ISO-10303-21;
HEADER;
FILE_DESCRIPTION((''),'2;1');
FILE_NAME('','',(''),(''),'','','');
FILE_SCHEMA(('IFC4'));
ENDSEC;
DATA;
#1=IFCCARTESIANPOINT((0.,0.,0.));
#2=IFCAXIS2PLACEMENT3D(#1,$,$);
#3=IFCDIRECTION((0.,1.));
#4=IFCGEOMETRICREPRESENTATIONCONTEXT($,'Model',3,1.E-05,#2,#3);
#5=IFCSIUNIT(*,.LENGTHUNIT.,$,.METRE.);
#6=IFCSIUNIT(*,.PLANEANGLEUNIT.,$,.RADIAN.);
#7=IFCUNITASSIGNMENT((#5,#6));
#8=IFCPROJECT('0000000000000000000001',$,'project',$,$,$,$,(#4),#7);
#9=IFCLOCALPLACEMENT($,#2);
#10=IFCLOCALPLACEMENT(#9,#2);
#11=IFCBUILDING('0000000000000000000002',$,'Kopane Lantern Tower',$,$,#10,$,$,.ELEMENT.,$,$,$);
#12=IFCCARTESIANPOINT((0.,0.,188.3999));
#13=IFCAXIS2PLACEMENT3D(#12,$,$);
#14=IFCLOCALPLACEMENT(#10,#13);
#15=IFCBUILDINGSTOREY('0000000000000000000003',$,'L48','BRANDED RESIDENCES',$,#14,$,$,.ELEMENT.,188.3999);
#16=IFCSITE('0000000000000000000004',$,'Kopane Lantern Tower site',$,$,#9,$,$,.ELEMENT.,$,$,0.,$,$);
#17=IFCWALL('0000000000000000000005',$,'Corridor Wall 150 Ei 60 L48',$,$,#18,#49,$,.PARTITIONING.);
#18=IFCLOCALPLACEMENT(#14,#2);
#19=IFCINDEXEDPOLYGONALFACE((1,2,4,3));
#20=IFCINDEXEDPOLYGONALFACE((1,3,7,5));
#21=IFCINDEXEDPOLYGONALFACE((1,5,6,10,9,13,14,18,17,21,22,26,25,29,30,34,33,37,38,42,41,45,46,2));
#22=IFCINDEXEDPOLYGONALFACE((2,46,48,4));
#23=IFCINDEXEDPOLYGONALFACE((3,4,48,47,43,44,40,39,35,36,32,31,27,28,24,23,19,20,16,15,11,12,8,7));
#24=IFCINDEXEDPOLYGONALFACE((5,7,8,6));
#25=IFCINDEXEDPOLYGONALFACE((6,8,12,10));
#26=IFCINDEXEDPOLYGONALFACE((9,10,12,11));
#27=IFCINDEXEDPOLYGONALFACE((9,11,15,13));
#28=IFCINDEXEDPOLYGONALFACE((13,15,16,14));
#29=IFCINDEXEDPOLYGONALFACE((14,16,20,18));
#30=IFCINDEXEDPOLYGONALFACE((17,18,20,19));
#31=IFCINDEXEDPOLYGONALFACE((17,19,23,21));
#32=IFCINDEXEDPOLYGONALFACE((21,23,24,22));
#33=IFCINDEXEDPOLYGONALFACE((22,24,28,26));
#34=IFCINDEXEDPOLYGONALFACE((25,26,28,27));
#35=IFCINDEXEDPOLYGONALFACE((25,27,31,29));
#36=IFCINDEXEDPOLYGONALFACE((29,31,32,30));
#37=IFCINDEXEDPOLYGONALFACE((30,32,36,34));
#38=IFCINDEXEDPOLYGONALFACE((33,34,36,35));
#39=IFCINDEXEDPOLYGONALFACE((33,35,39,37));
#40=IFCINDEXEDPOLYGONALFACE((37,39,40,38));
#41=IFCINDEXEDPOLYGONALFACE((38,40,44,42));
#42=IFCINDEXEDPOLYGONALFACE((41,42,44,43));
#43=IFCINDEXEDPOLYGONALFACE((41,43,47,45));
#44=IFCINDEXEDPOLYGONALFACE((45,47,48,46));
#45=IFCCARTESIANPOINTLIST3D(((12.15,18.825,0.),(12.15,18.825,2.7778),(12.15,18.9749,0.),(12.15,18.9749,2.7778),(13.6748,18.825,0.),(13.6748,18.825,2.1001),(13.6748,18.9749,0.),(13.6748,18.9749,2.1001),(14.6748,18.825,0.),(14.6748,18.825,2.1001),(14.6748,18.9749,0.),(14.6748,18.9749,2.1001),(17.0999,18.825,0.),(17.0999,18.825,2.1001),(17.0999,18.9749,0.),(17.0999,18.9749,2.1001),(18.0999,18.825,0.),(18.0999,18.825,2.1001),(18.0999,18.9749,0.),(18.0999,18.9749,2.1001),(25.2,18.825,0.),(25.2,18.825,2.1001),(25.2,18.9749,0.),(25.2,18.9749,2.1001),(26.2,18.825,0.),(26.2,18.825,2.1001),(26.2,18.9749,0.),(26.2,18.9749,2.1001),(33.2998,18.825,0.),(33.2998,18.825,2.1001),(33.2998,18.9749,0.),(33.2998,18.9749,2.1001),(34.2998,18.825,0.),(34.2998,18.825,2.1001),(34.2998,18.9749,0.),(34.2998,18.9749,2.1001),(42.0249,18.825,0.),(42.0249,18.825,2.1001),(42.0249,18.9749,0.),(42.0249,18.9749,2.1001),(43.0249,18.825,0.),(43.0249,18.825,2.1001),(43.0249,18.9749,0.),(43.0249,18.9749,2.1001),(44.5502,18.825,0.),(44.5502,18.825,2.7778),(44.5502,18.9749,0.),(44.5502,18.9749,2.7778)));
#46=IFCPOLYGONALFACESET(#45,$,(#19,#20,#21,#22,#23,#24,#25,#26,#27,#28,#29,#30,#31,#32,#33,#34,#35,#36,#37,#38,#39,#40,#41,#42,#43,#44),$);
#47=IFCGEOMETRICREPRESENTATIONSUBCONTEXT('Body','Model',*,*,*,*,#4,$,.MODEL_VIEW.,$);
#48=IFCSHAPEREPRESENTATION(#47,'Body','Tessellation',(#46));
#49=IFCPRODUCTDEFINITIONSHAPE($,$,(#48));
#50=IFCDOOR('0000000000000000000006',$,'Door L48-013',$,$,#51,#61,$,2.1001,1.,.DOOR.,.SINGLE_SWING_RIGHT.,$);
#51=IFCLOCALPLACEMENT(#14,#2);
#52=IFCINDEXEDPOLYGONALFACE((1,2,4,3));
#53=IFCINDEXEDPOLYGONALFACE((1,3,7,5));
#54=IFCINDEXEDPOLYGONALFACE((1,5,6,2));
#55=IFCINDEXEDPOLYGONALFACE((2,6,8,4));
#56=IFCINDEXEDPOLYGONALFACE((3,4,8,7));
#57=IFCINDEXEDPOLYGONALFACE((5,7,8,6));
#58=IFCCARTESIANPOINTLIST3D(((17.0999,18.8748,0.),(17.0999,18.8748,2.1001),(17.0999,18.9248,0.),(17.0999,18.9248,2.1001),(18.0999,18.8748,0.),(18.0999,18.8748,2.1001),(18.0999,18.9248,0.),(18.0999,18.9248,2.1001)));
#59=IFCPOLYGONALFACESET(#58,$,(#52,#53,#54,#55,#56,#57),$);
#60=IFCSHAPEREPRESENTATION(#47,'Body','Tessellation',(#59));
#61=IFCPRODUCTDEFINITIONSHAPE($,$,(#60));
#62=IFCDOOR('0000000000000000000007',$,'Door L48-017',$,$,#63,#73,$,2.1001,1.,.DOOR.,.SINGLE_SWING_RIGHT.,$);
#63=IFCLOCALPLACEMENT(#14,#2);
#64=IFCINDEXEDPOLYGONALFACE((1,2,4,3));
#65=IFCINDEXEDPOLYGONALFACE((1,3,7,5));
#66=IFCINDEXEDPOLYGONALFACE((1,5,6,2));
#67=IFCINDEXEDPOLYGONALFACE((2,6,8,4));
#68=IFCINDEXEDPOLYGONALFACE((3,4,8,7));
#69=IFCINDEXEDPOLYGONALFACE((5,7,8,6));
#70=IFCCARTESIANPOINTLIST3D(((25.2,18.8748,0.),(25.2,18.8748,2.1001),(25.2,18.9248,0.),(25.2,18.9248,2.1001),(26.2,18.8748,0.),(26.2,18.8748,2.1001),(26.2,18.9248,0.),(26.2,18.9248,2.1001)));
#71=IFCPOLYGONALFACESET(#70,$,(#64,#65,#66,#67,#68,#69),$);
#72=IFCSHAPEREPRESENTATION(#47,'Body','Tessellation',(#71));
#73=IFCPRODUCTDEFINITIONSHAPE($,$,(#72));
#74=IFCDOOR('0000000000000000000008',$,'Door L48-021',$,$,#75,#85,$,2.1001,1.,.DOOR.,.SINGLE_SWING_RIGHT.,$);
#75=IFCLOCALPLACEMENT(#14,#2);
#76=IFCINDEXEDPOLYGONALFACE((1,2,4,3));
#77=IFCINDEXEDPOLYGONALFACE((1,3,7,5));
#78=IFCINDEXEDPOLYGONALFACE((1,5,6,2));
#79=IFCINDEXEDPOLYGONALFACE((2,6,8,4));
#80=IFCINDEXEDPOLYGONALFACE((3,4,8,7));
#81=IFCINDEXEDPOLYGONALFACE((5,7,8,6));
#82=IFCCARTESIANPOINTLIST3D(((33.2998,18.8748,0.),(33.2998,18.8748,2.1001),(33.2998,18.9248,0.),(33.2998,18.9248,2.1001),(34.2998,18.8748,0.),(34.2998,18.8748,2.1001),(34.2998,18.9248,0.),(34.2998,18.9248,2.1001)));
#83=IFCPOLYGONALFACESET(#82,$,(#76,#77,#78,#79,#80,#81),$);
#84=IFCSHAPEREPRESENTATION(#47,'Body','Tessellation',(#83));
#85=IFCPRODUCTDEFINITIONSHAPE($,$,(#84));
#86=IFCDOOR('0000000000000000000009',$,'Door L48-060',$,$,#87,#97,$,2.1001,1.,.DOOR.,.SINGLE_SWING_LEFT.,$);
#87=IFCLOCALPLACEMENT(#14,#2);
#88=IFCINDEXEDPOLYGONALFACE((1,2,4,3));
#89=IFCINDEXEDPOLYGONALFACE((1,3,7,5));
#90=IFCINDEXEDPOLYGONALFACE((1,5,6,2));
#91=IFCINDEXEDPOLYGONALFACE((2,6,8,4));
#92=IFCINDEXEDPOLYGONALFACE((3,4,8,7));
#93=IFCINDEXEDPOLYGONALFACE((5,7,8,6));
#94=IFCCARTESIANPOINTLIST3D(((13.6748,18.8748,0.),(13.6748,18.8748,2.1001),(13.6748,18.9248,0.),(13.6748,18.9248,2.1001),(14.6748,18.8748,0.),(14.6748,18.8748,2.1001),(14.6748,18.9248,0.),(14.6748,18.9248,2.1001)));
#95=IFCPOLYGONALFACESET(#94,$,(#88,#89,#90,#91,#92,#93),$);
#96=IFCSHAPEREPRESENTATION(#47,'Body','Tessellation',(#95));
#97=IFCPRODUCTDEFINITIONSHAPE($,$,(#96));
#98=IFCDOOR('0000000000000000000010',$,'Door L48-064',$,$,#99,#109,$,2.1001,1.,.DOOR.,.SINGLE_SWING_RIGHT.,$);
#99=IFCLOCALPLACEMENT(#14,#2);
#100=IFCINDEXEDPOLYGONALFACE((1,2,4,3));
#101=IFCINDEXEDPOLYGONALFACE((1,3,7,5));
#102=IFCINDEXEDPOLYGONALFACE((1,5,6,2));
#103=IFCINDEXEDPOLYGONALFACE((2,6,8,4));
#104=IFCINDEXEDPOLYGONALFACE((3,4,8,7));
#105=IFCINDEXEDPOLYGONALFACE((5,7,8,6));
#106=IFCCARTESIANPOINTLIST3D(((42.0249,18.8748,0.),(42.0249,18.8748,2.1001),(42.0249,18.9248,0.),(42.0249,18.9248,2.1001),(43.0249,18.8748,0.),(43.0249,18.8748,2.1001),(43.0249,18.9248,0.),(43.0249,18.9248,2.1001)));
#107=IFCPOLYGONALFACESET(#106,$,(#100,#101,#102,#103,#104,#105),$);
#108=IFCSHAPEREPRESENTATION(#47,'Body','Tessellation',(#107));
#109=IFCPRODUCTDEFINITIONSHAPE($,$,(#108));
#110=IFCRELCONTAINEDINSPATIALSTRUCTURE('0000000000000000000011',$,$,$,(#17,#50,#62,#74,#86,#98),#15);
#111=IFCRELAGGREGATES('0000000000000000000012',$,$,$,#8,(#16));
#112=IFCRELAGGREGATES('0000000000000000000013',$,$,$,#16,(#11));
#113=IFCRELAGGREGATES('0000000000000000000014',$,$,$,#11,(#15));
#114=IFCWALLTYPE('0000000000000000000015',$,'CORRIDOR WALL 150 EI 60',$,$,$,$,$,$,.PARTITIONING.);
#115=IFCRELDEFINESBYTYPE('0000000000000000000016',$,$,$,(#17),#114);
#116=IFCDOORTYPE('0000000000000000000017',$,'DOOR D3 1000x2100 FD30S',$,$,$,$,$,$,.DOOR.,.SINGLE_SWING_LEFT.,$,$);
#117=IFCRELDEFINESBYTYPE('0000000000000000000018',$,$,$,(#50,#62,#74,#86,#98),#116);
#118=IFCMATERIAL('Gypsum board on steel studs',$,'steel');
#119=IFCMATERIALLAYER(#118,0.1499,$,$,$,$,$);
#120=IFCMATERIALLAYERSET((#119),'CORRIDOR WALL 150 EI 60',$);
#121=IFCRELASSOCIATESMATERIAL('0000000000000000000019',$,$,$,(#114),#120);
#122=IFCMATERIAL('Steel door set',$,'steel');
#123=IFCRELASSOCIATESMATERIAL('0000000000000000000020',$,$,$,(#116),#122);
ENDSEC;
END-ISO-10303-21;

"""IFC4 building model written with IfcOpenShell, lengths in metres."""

from ifc_helpers import new_model, si_unit, direction, frame, frame_2d, origin, place, context, subcontext, project, spatial, rectangle, extrude, material, layer, layer_set, type_object, element, fill, save


model = new_model("IFC4")

# Units and contexts
model_context = context("Model", 3, precision=1e-05, world=origin(), true_north=direction((0.0, 1.0)))
body_context = subcontext(model_context, "Body", "Model", "MODEL_VIEW")
ifc_project = project(units=[si_unit("LENGTHUNIT", "METRE"), si_unit("PLANEANGLEUNIT", "RADIAN")], contexts=[model_context])

# Site, building, storey
site_placement = place(None, origin())
site = spatial("IfcSite", under=ifc_project, at=site_placement, Name="Kopane Lantern Tower site", CompositionType="ELEMENT", RefElevation=0.0)
building_placement = place(site_placement, origin())
building = spatial("IfcBuilding", under=site, at=building_placement, Name="Kopane Lantern Tower", CompositionType="ELEMENT")
storey_placement = place(building_placement, frame((0.0, 0.0, 188.3999)))
storey = spatial("IfcBuildingStorey", under=building, at=storey_placement, Name="L48", Description="BRANDED RESIDENCES", CompositionType="ELEMENT", Elevation=188.3999)

# Wall, openings, doors
ifc_material_1 = material(Name="Gypsum board on steel studs", Category="steel")
ifc_layer_1 = layer(ifc_material_1, 0.1499)
ifc_layer_set_1 = layer_set([ifc_layer_1], Name="CORRIDOR WALL 150 EI 60")
wall_type_1 = type_object("IfcWallType", Name="CORRIDOR WALL 150 EI 60", PredefinedType="PARTITIONING", material=ifc_layer_set_1)
wall_1_placement = place(storey_placement, frame((12.1499, 18.8999, 0.0), z_axis=(0.0, 0.0, 1.0), x_axis=(1.0, 0.0, 0.0)))
wall_1 = element("IfcWall", 1, at=wall_1_placement, inside=storey, type_object=wall_type_1, Name="Corridor Wall 150 Ei 60 L48", PredefinedType="PARTITIONING", context=body_context, shape_type="SweptSolid", body=[
    extrude(rectangle(XDim=32.4001, YDim=0.1499, at=frame_2d((16.2002, 0.0))), origin(), (0.0, 0.0, 1.0), 2.7778),
])
opening_1_placement = place(wall_1_placement, frame((4.95, 0.0, 0.0)))
opening_1 = element("IfcOpeningElement", 2, at=opening_1_placement, cuts=wall_1, PredefinedType="OPENING", context=body_context, shape_type="SweptSolid", body=[
    extrude(rectangle(XDim=1.0, YDim=2.1001, at=frame_2d((0.5, 1.05))), frame((0.0, 0.085, 0.0), z_axis=(0.0, -1.0, 0.0), x_axis=(1.0, 0.0, 0.0)), (0.0, 0.0, 1.0), 0.1699),
])
opening_2_placement = place(wall_1_placement, frame((13.05, 0.0, 0.0)))
opening_2 = element("IfcOpeningElement", 3, at=opening_2_placement, cuts=wall_1, PredefinedType="OPENING", context=body_context, shape_type="SweptSolid", body=[
    extrude(rectangle(XDim=1.0, YDim=2.1001, at=frame_2d((0.5, 1.05))), frame((0.0, 0.085, 0.0), z_axis=(0.0, -1.0, 0.0), x_axis=(1.0, 0.0, 0.0)), (0.0, 0.0, 1.0), 0.1699),
])
opening_3_placement = place(wall_1_placement, frame((21.1499, 0.0, 0.0)))
opening_3 = element("IfcOpeningElement", 4, at=opening_3_placement, cuts=wall_1, PredefinedType="OPENING", context=body_context, shape_type="SweptSolid", body=[
    extrude(rectangle(XDim=1.0, YDim=2.1001, at=frame_2d((0.5, 1.05))), frame((0.0, 0.085, 0.0), z_axis=(0.0, -1.0, 0.0), x_axis=(1.0, 0.0, 0.0)), (0.0, 0.0, 1.0), 0.1699),
])
opening_4_placement = place(wall_1_placement, frame((1.5249, 0.0, 0.0)))
opening_4 = element("IfcOpeningElement", 5, at=opening_4_placement, cuts=wall_1, PredefinedType="OPENING", context=body_context, shape_type="SweptSolid", body=[
    extrude(rectangle(XDim=1.0, YDim=2.1001, at=frame_2d((0.5, 1.05))), frame((0.0, 0.085, 0.0), z_axis=(0.0, -1.0, 0.0), x_axis=(1.0, 0.0, 0.0)), (0.0, 0.0, 1.0), 0.1699),
])
opening_5_placement = place(wall_1_placement, frame((29.875, 0.0, 0.0)))
opening_5 = element("IfcOpeningElement", 6, at=opening_5_placement, cuts=wall_1, PredefinedType="OPENING", context=body_context, shape_type="SweptSolid", body=[
    extrude(rectangle(XDim=1.0, YDim=2.1001, at=frame_2d((0.5, 1.05))), frame((0.0, 0.085, 0.0), z_axis=(0.0, -1.0, 0.0), x_axis=(1.0, 0.0, 0.0)), (0.0, 0.0, 1.0), 0.1699),
])
ifc_material_2 = material(Name="Steel door set", Category="steel")
door_type_1 = type_object("IfcDoorType", Name="DOOR D3 1000x2100 FD30S", OperationType="SINGLE_SWING_LEFT", PredefinedType="DOOR", material=ifc_material_2)
door_1_placement = place(opening_1_placement, origin())
door_1 = element("IfcDoor", 7, at=door_1_placement, inside=storey, type_object=door_type_1, Name="Door L48-013", OperationType="SINGLE_SWING_RIGHT", OverallHeight=2.1001, OverallWidth=1.0, PredefinedType="DOOR", context=body_context, shape_type="SweptSolid", body=[
    extrude(rectangle(XDim=1.0, YDim=2.1001, at=frame_2d((0.5, 1.05))), frame((0.0, 0.0249, 0.0), z_axis=(0.0, -1.0, 0.0), x_axis=(1.0, 0.0, 0.0)), (0.0, 0.0, 1.0), 0.05),
])
fill(opening_1, door_1)
door_2_placement = place(opening_2_placement, origin())
door_2 = element("IfcDoor", 8, at=door_2_placement, inside=storey, type_object=door_type_1, Name="Door L48-017", OperationType="SINGLE_SWING_RIGHT", OverallHeight=2.1001, OverallWidth=1.0, PredefinedType="DOOR", context=body_context, shape_type="SweptSolid", body=[
    extrude(rectangle(XDim=1.0, YDim=2.1001, at=frame_2d((0.5, 1.05))), frame((0.0, 0.0249, 0.0), z_axis=(0.0, -1.0, 0.0), x_axis=(1.0, 0.0, 0.0)), (0.0, 0.0, 1.0), 0.05),
])
fill(opening_2, door_2)
door_3_placement = place(opening_3_placement, origin())
door_3 = element("IfcDoor", 9, at=door_3_placement, inside=storey, type_object=door_type_1, Name="Door L48-021", OperationType="SINGLE_SWING_RIGHT", OverallHeight=2.1001, OverallWidth=1.0, PredefinedType="DOOR", context=body_context, shape_type="SweptSolid", body=[
    extrude(rectangle(XDim=1.0, YDim=2.1001, at=frame_2d((0.5, 1.05))), frame((0.0, 0.0249, 0.0), z_axis=(0.0, -1.0, 0.0), x_axis=(1.0, 0.0, 0.0)), (0.0, 0.0, 1.0), 0.05),
])
fill(opening_3, door_3)
door_4_placement = place(opening_4_placement, origin())
door_4 = element("IfcDoor", 10, at=door_4_placement, inside=storey, type_object=door_type_1, Name="Door L48-060", OperationType="SINGLE_SWING_LEFT", OverallHeight=2.1001, OverallWidth=1.0, PredefinedType="DOOR", context=body_context, shape_type="SweptSolid", body=[
    extrude(rectangle(XDim=1.0, YDim=2.1001, at=frame_2d((0.5, 1.05))), frame((0.0, 0.0249, 0.0), z_axis=(0.0, -1.0, 0.0), x_axis=(1.0, 0.0, 0.0)), (0.0, 0.0, 1.0), 0.05),
])
fill(opening_4, door_4)
door_5_placement = place(opening_5_placement, origin())
door_5 = element("IfcDoor", 11, at=door_5_placement, inside=storey, type_object=door_type_1, Name="Door L48-064", OperationType="SINGLE_SWING_RIGHT", OverallHeight=2.1001, OverallWidth=1.0, PredefinedType="DOOR", context=body_context, shape_type="SweptSolid", body=[
    extrude(rectangle(XDim=1.0, YDim=2.1001, at=frame_2d((0.5, 1.05))), frame((0.0, 0.0249, 0.0), z_axis=(0.0, -1.0, 0.0), x_axis=(1.0, 0.0, 0.0)), (0.0, 0.0, 1.0), 0.05),
])
fill(opening_5, door_5)

save(model, "model.ifc")
